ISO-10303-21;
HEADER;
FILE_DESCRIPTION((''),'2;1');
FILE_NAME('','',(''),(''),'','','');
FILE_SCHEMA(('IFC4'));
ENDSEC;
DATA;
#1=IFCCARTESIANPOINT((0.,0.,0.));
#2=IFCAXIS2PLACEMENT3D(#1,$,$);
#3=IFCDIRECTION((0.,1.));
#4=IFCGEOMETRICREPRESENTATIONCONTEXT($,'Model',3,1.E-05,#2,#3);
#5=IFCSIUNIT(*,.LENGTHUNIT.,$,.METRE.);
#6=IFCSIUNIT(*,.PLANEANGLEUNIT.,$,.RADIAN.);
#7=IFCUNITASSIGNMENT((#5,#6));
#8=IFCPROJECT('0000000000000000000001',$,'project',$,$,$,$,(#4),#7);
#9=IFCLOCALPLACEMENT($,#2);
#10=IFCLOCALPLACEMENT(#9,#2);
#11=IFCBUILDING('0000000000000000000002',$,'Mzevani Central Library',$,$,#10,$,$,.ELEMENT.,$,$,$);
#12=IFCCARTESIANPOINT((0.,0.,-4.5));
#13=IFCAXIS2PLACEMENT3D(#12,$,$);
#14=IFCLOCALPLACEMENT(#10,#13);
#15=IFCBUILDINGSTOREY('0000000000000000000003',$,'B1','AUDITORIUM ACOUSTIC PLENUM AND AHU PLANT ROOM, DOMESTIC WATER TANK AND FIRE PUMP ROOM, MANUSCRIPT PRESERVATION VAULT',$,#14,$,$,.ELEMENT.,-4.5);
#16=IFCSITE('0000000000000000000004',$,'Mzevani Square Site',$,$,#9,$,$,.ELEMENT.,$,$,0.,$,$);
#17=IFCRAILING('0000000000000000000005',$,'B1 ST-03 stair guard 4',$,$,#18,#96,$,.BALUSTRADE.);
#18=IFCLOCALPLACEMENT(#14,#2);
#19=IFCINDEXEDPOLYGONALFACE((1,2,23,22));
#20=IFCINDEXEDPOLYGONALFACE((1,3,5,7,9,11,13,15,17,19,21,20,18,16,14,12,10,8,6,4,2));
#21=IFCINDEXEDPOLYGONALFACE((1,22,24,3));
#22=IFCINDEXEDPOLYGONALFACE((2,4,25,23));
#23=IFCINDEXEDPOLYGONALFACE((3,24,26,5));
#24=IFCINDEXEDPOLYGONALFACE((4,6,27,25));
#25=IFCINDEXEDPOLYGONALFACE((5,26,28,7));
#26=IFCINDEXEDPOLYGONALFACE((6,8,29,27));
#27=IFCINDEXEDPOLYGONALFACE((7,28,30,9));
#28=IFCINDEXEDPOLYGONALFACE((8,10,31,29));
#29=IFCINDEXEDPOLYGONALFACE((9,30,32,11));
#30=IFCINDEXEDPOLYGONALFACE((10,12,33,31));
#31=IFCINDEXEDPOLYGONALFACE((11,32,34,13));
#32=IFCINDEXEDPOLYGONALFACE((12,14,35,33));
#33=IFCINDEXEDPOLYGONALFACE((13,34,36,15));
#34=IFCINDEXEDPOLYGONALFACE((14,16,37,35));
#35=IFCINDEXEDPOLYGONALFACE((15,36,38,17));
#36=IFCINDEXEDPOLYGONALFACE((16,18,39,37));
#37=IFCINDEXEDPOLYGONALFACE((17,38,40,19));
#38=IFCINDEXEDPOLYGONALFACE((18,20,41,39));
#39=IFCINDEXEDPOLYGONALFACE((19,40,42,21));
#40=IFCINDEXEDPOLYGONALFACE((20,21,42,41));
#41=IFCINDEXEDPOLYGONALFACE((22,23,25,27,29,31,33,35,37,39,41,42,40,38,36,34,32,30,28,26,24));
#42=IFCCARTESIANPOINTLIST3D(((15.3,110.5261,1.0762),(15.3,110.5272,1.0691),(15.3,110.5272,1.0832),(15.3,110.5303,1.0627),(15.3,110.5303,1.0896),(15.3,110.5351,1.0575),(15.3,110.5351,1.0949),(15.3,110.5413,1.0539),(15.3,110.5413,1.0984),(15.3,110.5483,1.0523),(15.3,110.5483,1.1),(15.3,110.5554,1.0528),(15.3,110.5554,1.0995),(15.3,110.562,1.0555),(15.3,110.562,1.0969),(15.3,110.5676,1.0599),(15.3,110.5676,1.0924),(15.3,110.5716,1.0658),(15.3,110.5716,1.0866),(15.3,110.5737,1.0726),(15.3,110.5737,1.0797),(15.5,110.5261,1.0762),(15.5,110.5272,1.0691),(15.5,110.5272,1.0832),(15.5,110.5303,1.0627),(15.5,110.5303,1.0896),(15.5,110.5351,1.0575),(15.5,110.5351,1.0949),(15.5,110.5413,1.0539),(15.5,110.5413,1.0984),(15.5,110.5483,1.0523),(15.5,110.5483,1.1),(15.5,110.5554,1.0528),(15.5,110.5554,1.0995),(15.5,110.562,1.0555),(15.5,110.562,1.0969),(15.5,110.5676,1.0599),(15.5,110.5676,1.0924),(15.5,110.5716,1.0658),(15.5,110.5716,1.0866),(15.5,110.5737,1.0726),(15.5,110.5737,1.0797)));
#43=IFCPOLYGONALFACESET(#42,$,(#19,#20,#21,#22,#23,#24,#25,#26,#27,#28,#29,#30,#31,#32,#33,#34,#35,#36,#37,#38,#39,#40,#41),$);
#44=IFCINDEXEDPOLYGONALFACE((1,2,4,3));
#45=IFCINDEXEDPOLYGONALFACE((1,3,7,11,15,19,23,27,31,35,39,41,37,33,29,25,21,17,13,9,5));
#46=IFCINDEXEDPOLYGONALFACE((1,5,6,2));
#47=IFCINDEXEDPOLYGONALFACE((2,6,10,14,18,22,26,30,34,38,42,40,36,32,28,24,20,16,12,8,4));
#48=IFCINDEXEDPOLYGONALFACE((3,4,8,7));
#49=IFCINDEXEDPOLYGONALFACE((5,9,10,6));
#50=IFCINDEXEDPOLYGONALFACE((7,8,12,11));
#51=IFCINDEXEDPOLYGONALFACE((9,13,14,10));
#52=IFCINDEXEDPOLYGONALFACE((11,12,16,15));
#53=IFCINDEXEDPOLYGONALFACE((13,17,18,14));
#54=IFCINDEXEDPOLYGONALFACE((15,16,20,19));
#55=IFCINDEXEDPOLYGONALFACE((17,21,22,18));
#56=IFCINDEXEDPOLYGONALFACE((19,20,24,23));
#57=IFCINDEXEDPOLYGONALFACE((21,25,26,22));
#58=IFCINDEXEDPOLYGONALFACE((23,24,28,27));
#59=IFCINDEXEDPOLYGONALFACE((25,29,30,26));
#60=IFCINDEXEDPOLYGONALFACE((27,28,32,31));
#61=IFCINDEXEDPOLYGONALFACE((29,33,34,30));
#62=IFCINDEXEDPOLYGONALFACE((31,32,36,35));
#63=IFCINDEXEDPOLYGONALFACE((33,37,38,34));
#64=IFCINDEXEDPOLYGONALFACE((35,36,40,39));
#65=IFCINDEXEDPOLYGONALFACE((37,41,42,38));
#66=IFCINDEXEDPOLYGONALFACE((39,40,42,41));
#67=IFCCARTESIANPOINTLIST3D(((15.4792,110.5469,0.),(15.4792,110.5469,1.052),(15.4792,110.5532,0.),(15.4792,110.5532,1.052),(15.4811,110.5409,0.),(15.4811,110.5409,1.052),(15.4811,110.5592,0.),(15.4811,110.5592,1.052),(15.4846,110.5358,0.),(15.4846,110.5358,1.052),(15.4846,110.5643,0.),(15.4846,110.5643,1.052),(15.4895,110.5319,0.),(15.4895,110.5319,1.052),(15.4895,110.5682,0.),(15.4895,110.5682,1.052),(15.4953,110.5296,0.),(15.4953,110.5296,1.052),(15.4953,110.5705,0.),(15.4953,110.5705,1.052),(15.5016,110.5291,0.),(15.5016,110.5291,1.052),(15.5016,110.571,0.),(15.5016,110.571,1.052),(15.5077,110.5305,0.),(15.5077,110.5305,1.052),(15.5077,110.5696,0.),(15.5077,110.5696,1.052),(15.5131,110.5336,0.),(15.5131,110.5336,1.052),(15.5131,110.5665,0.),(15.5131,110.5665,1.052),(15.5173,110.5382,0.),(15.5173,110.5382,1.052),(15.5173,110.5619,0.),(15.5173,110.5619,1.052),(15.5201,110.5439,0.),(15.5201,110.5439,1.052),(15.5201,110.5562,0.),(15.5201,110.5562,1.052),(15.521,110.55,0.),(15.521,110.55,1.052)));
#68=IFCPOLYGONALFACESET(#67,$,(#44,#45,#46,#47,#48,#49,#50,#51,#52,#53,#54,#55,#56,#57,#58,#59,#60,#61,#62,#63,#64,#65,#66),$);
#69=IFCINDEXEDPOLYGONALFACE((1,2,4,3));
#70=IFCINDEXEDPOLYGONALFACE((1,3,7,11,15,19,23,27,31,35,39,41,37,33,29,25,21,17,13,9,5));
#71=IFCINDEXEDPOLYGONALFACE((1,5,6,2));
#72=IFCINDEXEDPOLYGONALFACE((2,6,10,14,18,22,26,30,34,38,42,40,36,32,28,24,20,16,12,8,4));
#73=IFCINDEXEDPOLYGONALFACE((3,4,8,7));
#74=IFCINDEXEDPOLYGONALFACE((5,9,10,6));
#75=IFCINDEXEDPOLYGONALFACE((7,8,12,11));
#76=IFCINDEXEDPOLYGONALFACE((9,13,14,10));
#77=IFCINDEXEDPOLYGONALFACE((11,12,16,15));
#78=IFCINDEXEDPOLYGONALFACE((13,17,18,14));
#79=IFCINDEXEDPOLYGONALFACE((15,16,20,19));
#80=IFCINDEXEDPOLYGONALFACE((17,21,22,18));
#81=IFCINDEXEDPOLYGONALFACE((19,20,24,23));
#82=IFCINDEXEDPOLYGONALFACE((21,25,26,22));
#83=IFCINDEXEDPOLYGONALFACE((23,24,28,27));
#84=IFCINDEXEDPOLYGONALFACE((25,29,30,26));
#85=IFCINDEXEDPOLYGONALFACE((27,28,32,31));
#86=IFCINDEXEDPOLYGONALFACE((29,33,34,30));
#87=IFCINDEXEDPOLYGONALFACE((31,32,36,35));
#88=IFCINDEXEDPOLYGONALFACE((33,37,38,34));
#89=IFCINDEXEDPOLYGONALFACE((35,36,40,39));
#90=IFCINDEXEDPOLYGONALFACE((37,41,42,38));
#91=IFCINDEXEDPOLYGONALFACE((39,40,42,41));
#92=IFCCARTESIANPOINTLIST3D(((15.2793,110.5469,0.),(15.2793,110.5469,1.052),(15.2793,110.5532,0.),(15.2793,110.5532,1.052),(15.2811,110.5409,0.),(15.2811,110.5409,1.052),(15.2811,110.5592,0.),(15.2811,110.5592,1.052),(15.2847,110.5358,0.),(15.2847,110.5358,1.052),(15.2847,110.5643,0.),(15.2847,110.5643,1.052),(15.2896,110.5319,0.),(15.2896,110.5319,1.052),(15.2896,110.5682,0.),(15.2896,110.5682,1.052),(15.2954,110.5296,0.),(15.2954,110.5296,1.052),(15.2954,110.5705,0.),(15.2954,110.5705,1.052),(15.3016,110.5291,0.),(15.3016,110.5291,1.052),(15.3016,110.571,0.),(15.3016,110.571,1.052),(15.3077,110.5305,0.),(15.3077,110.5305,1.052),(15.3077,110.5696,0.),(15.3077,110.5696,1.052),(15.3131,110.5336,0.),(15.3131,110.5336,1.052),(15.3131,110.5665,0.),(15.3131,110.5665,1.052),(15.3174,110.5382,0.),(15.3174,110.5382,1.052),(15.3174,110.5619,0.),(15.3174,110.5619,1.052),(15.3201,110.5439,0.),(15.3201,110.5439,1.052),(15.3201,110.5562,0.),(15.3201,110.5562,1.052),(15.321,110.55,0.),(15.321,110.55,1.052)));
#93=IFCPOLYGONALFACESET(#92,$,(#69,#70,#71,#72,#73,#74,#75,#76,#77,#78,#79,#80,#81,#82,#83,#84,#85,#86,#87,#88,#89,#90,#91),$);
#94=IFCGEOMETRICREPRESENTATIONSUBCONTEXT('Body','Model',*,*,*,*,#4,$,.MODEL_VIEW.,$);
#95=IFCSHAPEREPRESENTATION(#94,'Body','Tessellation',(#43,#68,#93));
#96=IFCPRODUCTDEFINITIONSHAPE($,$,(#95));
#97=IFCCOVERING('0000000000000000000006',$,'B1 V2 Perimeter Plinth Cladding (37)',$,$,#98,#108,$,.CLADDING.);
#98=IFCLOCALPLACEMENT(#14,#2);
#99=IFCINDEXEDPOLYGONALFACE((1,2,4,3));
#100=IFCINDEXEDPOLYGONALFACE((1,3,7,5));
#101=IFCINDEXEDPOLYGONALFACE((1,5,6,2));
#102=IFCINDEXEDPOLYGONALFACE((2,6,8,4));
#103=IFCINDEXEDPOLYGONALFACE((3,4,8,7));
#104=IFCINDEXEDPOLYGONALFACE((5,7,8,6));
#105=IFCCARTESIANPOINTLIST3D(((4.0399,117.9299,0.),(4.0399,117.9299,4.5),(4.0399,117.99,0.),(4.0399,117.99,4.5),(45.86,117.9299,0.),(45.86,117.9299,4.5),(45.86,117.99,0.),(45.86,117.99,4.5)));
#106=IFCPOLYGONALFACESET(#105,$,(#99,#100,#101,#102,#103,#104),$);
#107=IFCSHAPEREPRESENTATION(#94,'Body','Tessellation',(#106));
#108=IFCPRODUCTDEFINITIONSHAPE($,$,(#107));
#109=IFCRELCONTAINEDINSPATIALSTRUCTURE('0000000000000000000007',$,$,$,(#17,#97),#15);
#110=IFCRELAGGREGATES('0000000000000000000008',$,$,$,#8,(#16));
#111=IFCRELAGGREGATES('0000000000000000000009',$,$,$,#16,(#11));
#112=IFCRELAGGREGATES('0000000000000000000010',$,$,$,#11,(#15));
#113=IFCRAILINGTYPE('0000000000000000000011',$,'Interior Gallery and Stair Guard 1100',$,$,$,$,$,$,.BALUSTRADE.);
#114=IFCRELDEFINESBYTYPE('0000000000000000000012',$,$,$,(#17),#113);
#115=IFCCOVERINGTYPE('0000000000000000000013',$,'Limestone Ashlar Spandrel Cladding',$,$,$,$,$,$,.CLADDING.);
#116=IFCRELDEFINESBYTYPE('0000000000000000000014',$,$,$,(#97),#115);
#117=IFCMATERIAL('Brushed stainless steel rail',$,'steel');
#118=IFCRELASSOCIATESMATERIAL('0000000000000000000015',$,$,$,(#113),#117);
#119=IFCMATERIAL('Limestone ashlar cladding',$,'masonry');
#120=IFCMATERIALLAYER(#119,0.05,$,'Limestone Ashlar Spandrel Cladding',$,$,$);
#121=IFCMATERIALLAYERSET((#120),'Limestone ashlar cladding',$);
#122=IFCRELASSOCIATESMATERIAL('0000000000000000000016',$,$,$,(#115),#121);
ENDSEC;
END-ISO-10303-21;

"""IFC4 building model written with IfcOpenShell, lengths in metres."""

from ifc_helpers import new_model, si_unit, direction, frame, origin, origin_2d, place, context, subcontext, project, spatial, rectangle, circle, extrude, material, layer, layer_set, type_object, element, save


model = new_model("IFC4")

# Units and contexts
model_context = context("Model", 3, precision=1e-05, world=origin(), true_north=direction((0.0, 1.0)))
body_context = subcontext(model_context, "Body", "Model", "MODEL_VIEW")
ifc_project = project(units=[si_unit("LENGTHUNIT", "METRE"), si_unit("PLANEANGLEUNIT", "RADIAN")], contexts=[model_context])

# Site, building, storey
site_placement = place(None, origin())
site = spatial("IfcSite", under=ifc_project, at=site_placement, Name="Mzevani Square Site", CompositionType="ELEMENT", RefElevation=0.0)
building_placement = place(site_placement, origin())
building = spatial("IfcBuilding", under=site, at=building_placement, Name="Mzevani Central Library", CompositionType="ELEMENT")
storey_placement = place(building_placement, frame((0.0, 0.0, -4.5)))
storey = spatial("IfcBuildingStorey", under=building, at=storey_placement, Name="B1", Description="AUDITORIUM ACOUSTIC PLENUM AND AHU PLANT ROOM, DOMESTIC WATER TANK AND FIRE PUMP ROOM, MANUSCRIPT PRESERVATION VAULT", CompositionType="ELEMENT", Elevation=-4.5)

# Railing
ifc_material_1 = material(Name="Brushed stainless steel rail", Category="steel")
railing_type_1 = type_object("IfcRailingType", Name="Interior Gallery and Stair Guard 1100", PredefinedType="BALUSTRADE", material=ifc_material_1)
railing_1_placement = place(storey_placement, frame((15.5, 110.55, 0.0)))
element("IfcRailing", 1, at=railing_1_placement, inside=storey, type_object=railing_type_1, Name="B1 ST-03 stair guard 4", PredefinedType="BALUSTRADE", context=body_context, shape_type="SweptSolid", body=[
    extrude(circle(Radius=0.0239, at=origin_2d()), frame((0.0, 0.0, 1.0762), z_axis=(-1.0, 0.0, 0.0), x_axis=(0.0, -1.0, 0.0)), (0.0, 0.0, 1.0), 0.2),
    extrude(circle(Radius=0.021, at=origin_2d()), origin(), (0.0, 0.0, 1.0), 1.052),
    extrude(circle(Radius=0.021, at=origin_2d()), frame((-0.2, 0.0, 0.0)), (0.0, 0.0, 1.0), 1.052),
])

# Covering
ifc_material_2 = material(Name="Limestone ashlar cladding", Category="masonry")
ifc_layer_1 = layer(ifc_material_2, 0.05, Name="Limestone Ashlar Spandrel Cladding")
ifc_layer_set_1 = layer_set([ifc_layer_1], Name="Limestone ashlar cladding")
covering_type = type_object("IfcCoveringType", Name="Limestone Ashlar Spandrel Cladding", PredefinedType="CLADDING", material=ifc_layer_set_1)
covering_placement = place(storey_placement, frame((24.95, 117.96, 0.0), z_axis=(0.0, 0.0, 1.0), x_axis=(1.0, 0.0, 0.0)))
element("IfcCovering", 2, at=covering_placement, inside=storey, type_object=covering_type, Name="B1 V2 Perimeter Plinth Cladding (37)", PredefinedType="CLADDING", context=body_context, shape_type="SweptSolid", body=[
    extrude(rectangle(XDim=41.8201, YDim=0.0601, at=origin_2d()), origin(), (0.0, 0.0, 1.0), 4.5),
])

save(model, "model.ifc")
